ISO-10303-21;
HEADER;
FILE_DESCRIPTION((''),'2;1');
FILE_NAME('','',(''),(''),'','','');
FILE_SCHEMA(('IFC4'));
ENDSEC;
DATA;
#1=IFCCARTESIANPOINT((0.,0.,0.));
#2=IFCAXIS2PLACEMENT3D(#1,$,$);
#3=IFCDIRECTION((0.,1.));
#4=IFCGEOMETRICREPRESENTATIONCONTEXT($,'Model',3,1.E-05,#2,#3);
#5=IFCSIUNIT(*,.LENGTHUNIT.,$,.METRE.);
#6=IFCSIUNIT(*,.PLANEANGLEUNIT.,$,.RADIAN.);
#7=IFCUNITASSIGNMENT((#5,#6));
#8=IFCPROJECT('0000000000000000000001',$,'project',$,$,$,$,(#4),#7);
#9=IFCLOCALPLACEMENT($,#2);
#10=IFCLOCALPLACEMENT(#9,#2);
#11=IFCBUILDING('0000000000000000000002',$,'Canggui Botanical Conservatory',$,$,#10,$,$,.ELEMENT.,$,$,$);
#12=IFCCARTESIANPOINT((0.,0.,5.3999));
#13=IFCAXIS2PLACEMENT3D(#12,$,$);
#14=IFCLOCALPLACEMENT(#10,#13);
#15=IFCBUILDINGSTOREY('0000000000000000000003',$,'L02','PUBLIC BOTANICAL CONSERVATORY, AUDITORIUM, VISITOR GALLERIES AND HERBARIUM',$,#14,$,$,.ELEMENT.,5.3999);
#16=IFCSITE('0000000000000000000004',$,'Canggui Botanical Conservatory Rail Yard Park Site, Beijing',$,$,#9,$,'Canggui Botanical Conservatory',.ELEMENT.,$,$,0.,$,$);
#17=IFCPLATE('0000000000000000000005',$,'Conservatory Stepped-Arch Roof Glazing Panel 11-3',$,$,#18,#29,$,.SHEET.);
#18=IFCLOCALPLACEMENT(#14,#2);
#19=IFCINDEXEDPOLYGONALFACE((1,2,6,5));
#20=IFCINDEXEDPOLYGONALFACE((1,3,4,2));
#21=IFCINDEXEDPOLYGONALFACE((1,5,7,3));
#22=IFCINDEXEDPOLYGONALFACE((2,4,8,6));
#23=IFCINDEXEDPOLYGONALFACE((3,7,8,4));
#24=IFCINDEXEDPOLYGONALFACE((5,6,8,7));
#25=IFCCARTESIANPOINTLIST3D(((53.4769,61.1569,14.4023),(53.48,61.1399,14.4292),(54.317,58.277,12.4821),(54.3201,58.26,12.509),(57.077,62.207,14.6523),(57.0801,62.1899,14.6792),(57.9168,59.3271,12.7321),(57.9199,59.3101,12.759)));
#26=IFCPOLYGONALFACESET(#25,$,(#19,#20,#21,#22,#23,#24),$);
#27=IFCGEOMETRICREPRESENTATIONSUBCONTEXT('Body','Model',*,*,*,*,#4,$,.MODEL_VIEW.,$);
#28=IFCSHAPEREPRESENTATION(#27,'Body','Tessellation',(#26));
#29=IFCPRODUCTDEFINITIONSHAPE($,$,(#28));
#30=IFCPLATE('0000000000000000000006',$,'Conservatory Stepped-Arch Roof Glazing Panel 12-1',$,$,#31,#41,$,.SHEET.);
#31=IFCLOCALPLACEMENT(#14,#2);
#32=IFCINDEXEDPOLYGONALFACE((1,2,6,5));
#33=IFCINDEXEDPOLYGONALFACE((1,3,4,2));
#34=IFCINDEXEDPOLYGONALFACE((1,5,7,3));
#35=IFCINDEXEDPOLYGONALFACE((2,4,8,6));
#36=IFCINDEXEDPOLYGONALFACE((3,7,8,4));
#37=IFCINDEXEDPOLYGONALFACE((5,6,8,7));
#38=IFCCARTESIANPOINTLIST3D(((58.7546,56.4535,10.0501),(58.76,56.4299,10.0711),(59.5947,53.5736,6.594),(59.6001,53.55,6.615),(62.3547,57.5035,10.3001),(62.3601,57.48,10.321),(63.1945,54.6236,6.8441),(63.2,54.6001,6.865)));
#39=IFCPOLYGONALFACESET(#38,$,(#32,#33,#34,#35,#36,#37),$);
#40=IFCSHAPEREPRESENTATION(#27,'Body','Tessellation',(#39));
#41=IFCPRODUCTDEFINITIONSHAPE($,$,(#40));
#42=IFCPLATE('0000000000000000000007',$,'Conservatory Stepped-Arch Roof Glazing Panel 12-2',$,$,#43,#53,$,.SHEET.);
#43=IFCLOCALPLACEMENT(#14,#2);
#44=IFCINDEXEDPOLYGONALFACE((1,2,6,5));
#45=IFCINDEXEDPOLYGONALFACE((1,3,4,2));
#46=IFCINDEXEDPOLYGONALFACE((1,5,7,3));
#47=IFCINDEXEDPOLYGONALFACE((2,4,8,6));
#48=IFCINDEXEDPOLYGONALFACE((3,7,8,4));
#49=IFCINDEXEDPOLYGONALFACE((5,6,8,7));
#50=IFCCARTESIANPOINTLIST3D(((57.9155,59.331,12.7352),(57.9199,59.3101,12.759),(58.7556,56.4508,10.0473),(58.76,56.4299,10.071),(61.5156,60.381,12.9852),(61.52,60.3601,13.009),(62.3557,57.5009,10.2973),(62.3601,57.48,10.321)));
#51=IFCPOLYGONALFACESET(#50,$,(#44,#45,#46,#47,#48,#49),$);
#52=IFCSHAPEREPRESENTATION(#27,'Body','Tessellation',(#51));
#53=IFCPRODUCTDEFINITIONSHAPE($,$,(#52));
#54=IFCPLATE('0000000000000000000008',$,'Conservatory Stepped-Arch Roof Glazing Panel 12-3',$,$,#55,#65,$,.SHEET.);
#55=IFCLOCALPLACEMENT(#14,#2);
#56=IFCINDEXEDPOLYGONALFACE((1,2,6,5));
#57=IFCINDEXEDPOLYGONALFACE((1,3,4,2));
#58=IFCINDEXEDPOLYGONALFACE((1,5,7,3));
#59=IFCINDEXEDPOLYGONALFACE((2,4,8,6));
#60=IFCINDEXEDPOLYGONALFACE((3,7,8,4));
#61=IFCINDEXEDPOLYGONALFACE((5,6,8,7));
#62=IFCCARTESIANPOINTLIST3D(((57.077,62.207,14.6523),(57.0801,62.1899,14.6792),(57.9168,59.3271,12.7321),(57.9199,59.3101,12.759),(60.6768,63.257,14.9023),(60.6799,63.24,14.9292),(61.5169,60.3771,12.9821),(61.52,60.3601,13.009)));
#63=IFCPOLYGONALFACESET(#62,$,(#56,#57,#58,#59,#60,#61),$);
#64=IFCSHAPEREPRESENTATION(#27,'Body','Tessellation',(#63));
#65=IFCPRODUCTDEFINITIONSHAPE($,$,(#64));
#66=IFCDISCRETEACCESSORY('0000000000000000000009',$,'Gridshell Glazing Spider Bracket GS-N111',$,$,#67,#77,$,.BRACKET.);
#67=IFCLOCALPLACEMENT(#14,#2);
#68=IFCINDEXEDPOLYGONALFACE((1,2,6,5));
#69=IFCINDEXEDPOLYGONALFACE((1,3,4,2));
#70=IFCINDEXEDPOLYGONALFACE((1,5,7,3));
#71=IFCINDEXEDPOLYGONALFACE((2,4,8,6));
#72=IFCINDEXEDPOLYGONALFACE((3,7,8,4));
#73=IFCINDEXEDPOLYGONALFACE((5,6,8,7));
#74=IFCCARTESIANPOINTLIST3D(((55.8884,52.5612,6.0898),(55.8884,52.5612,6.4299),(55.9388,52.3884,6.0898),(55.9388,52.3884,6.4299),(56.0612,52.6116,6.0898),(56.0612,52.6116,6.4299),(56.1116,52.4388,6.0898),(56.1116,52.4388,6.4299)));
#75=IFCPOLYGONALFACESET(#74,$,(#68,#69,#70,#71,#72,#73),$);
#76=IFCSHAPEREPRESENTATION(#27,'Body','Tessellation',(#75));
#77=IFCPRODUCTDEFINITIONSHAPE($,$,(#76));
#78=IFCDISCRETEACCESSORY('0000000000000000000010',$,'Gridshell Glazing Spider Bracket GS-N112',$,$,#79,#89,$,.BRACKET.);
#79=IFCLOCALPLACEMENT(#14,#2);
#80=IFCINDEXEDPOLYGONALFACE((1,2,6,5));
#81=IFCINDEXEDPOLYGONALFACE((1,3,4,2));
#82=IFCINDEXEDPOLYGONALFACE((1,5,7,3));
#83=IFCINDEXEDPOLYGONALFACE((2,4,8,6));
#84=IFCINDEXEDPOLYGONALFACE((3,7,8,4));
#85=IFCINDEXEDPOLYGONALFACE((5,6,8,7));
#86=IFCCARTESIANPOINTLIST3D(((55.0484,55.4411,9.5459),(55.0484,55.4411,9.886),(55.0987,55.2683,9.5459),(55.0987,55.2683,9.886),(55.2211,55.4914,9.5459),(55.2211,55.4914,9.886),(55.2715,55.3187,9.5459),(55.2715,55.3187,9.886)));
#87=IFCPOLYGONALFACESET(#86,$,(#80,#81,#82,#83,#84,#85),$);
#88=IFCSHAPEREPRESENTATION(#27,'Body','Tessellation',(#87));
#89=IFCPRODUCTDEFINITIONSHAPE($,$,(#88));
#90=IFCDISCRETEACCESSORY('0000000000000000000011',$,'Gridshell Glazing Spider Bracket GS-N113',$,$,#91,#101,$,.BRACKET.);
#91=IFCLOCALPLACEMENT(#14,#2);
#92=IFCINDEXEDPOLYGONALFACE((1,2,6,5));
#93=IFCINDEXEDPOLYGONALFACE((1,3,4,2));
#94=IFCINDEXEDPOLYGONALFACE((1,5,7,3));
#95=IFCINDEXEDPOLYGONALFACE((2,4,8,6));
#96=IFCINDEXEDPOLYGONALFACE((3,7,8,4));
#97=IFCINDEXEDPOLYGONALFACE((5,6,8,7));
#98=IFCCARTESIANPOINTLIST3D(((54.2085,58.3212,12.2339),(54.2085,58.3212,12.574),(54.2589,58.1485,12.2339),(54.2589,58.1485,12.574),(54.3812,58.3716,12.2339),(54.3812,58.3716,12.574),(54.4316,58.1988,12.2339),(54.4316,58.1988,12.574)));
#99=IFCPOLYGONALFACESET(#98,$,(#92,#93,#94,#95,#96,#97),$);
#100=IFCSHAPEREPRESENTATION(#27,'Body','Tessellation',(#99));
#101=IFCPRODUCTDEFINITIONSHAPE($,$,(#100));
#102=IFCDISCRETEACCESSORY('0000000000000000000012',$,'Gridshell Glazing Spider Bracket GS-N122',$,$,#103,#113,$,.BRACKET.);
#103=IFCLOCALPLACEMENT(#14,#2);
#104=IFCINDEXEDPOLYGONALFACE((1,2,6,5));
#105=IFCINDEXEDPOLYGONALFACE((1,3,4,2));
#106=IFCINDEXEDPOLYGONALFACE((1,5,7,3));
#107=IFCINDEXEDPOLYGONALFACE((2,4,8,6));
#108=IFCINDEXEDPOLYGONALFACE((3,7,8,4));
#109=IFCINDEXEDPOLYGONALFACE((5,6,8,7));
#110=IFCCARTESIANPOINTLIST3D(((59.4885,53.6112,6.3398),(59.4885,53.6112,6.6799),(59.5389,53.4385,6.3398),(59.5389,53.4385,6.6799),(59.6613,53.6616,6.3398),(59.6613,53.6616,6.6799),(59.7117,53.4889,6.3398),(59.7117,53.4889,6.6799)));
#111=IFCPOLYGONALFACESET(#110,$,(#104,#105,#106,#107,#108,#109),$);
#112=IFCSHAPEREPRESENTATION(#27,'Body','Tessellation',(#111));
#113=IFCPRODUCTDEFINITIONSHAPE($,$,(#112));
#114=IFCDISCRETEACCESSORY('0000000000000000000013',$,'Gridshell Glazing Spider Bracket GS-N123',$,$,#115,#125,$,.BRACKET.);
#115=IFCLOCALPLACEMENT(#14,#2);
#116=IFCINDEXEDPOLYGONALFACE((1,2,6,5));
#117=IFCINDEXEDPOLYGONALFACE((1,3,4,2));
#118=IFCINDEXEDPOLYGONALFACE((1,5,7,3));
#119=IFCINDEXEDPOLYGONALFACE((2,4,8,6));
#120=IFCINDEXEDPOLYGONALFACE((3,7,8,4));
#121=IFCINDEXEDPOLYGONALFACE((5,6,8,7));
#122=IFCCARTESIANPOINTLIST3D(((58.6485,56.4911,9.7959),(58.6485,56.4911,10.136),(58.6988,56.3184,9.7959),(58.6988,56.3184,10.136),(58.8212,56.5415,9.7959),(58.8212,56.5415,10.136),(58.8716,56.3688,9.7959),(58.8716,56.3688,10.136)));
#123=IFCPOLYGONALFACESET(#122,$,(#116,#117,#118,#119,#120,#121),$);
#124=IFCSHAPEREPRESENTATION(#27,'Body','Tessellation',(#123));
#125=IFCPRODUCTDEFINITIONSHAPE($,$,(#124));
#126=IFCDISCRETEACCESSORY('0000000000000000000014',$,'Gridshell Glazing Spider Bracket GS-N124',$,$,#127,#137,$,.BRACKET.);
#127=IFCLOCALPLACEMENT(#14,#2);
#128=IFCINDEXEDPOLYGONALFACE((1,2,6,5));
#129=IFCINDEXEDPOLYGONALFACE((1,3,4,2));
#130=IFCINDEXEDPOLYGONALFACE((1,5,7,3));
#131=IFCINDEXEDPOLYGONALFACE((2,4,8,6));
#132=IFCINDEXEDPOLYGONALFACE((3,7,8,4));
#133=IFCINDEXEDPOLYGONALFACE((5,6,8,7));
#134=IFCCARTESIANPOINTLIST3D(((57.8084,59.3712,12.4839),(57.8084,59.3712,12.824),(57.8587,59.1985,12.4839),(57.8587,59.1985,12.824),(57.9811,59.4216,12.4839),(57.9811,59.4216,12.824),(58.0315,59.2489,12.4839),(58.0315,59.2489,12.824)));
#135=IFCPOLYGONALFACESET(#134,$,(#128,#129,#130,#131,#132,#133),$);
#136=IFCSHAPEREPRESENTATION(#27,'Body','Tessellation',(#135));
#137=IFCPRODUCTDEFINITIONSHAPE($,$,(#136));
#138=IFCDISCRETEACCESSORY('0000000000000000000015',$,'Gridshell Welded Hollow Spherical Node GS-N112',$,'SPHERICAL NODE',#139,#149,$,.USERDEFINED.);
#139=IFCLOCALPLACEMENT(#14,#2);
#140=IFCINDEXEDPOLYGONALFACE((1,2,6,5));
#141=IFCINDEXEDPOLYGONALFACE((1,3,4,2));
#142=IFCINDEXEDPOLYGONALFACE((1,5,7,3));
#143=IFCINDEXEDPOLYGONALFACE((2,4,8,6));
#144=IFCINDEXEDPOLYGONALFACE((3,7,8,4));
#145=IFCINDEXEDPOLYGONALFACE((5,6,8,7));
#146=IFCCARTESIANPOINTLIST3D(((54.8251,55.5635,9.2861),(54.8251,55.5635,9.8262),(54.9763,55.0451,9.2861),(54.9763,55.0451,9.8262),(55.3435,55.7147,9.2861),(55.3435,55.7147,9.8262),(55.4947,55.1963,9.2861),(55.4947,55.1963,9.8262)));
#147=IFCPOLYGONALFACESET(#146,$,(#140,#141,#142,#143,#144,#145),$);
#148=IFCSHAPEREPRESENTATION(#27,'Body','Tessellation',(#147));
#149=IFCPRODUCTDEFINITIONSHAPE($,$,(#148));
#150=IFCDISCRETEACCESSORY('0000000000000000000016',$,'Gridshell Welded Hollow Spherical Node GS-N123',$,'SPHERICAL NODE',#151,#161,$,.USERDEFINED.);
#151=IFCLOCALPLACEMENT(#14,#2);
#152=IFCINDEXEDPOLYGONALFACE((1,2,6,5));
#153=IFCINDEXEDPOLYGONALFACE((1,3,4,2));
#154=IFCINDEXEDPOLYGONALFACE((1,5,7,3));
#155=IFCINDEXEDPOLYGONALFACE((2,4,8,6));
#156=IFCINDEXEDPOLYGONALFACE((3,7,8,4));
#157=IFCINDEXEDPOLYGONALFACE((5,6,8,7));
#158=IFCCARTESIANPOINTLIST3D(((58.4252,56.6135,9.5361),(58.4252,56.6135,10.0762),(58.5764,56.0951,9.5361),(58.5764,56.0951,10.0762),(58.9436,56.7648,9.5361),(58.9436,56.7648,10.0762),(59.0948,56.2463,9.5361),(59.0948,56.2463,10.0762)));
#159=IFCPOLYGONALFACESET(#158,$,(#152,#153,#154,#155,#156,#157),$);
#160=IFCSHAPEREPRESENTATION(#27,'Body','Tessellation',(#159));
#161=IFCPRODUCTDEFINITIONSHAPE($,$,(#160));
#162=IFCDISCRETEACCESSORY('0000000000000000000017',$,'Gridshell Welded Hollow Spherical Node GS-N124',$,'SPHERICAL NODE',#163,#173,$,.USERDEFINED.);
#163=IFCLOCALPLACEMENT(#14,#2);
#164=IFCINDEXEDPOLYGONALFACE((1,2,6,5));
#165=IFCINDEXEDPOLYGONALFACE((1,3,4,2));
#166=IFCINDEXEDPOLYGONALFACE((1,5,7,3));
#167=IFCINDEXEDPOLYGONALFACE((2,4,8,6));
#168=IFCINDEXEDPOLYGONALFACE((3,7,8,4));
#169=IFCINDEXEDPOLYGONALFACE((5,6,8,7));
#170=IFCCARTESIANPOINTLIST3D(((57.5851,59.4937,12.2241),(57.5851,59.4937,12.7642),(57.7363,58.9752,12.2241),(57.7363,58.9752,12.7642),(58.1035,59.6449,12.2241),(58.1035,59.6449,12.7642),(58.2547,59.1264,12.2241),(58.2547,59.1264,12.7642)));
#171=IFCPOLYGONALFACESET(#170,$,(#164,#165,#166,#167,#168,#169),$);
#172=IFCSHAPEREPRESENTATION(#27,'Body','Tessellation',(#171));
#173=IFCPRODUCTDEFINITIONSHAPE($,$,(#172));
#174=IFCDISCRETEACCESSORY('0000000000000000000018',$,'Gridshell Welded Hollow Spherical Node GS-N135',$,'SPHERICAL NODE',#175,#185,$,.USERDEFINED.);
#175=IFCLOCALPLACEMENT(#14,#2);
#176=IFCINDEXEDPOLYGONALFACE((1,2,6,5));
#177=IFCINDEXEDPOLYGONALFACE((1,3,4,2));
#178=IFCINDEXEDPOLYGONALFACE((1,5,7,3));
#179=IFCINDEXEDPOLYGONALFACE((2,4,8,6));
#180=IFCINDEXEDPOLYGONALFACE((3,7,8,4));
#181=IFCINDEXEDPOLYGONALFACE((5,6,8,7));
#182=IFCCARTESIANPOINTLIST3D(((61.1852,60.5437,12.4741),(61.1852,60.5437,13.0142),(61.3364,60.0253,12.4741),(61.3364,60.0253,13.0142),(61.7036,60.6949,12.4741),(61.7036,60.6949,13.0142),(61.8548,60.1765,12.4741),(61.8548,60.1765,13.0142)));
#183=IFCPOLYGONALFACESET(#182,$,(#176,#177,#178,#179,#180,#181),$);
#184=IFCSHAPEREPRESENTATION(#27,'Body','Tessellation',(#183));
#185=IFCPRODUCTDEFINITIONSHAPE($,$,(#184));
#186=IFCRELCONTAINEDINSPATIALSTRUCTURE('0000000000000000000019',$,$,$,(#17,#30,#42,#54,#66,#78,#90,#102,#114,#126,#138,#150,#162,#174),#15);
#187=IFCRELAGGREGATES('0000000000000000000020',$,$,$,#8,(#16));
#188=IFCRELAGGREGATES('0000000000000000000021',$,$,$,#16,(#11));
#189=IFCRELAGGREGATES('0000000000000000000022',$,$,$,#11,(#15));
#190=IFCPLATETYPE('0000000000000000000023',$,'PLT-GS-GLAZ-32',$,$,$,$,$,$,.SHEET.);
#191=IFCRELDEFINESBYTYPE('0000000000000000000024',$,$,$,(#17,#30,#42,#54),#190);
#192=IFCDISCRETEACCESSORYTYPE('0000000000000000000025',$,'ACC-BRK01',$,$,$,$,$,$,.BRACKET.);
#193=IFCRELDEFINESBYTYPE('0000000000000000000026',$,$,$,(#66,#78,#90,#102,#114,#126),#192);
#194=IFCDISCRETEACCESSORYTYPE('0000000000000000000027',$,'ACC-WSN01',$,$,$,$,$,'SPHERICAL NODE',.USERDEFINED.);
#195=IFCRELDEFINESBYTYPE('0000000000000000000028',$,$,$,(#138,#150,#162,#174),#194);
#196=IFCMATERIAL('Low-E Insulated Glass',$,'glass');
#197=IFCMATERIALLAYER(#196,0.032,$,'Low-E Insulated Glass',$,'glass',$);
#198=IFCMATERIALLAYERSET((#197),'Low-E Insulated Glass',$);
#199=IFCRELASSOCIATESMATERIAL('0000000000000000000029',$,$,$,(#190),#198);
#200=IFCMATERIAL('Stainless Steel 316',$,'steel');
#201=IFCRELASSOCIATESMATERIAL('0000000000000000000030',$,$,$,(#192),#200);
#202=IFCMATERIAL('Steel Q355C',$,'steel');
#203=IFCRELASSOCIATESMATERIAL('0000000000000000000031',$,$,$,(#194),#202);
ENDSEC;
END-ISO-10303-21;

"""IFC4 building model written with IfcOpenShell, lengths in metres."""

from ifc_helpers import new_model, si_unit, direction, frame, origin, origin_2d, place, context, subcontext, project, spatial, polyline, rectangle, outline, extrude, material, layer, layer_set, type_object, element, save


model = new_model("IFC4")

# Units and contexts
model_context = context("Model", 3, precision=1e-05, world=origin(), true_north=direction((0.0, 1.0)))
body_context = subcontext(model_context, "Body", "Model", "MODEL_VIEW")
ifc_project = project(units=[si_unit("LENGTHUNIT", "METRE"), si_unit("PLANEANGLEUNIT", "RADIAN")], contexts=[model_context])

# Site, building, storey
site_placement = place(None, origin())
site = spatial("IfcSite", under=ifc_project, at=site_placement, Name="Canggui Botanical Conservatory Rail Yard Park Site, Beijing", LongName="Canggui Botanical Conservatory", CompositionType="ELEMENT", RefElevation=0.0)
building_placement = place(site_placement, origin())
building = spatial("IfcBuilding", under=site, at=building_placement, Name="Canggui Botanical Conservatory", CompositionType="ELEMENT")
storey_placement = place(building_placement, frame((0.0, 0.0, 5.3999)))
storey = spatial("IfcBuildingStorey", under=building, at=storey_placement, Name="L02", Description="PUBLIC BOTANICAL CONSERVATORY, AUDITORIUM, VISITOR GALLERIES AND HERBARIUM", CompositionType="ELEMENT", Elevation=5.3999)

# Shared definitions
ifc_material_1 = material(Name="Steel Q355C", Category="steel")

# Plates
ifc_material_2 = material(Name="Low-E Insulated Glass", Category="glass")
ifc_layer = layer(ifc_material_2, 0.032, Name="Low-E Insulated Glass", Category="glass")
ifc_layer_set = layer_set([ifc_layer], Name="Low-E Insulated Glass")
plate_type = type_object("IfcPlateType", Name="PLT-GS-GLAZ-32", PredefinedType="SHEET", material=ifc_layer_set)
plate_1_placement = place(storey_placement, frame((54.3201, 58.26, 12.509), z_axis=(0.0969, -0.53242, 0.840916), x_axis=(0.957867, 0.279401, 0.066524)))
element("IfcPlate", 1, at=plate_1_placement, inside=storey, type_object=plate_type, Name="Conservatory Stepped-Arch Roof Glazing Panel 11-3", PredefinedType="SHEET", context=body_context, shape_type="SweptSolid", body=[
    extrude(outline(polyline([(0.0, 0.0), (3.7582, 0.0), (3.8861, 3.5595), (0.1277, 3.5595), (0.0, 0.0)])), origin(), (0.0, 0.0, -1.0), 0.032),
])
plate_2_placement = place(storey_placement, frame((59.6001, 53.55, 6.615), z_axis=(0.169349, -0.736511, 0.654883), x_axis=(0.957868, 0.279398, 0.066525)))
element("IfcPlate", 2, at=plate_2_placement, inside=storey, type_object=plate_type, Name="Conservatory Stepped-Arch Roof Glazing Panel 12-1", PredefinedType="SHEET", context=body_context, shape_type="SweptSolid", body=[
    extrude(outline(polyline([(0.0, 0.0), (3.7582, 0.0), (3.9883, 4.5706), (0.2299, 4.5707), (0.0, 0.0)])), origin(), (0.0, 0.0, -1.0), 0.032),
])
plate_3_placement = place(storey_placement, frame((58.76, 56.4299, 10.071), z_axis=(0.13901, -0.653702, 0.743875), x_axis=(0.957872, 0.279385, 0.066517)))
element("IfcPlate", 3, at=plate_3_placement, inside=storey, type_object=plate_type, Name="Conservatory Stepped-Arch Roof Glazing Panel 12-2", PredefinedType="SHEET", context=body_context, shape_type="SweptSolid", body=[
    extrude(outline(polyline([(0.0, 0.0), (3.7584, 0.0), (3.9372, 4.0242), (0.1788, 4.0242), (0.0, 0.0)])), origin(), (0.0, 0.0, -1.0), 0.032),
])
plate_4_placement = place(storey_placement, frame((57.9199, 59.3101, 12.759), z_axis=(0.0969, -0.53242, 0.840916), x_axis=(0.957872, 0.279387, 0.066514)))
element("IfcPlate", 4, at=plate_4_placement, inside=storey, type_object=plate_type, Name="Conservatory Stepped-Arch Roof Glazing Panel 12-3", PredefinedType="SHEET", context=body_context, shape_type="SweptSolid", body=[
    extrude(outline(polyline([(0.0, 0.0), (3.7584, 0.0), (3.8861, 3.5595), (0.1279, 3.5595), (0.0, 0.0)])), origin(), (0.0, 0.0, -1.0), 0.032),
])

# Discrete accessories
ifc_material_3 = material(Name="Stainless Steel 316", Category="steel")
discrete_accessory_type_1 = type_object("IfcDiscreteAccessoryType", Name="ACC-BRK01", PredefinedType="BRACKET", material=ifc_material_3)
for number, where, z_axis, x_axis, name in (
    (5, (56.0, 52.5, 6.0898), (0.0, 0.0, 1.0), (0.96, 0.28, 0.0), "Gridshell Glazing Spider Bracket GS-N111"),
    (6, (55.1599, 55.3799, 9.5459), (0.0, 0.0, 1.0), (0.96, 0.28, 0.0), "Gridshell Glazing Spider Bracket GS-N112"),
    (7, (54.3201, 58.26, 12.2339), (0.0, 0.0, 1.0), (0.96, 0.28, 0.0), "Gridshell Glazing Spider Bracket GS-N113"),
    (8, (59.6001, 53.55, 6.3398), (0.0, 0.0, 1.0), (0.96, 0.28, 0.0), "Gridshell Glazing Spider Bracket GS-N122"),
    (9, (58.76, 56.4299, 9.7959), (0.0, 0.0, 1.0), (0.96, 0.28, 0.0), "Gridshell Glazing Spider Bracket GS-N123"),
    (10, (57.9199, 59.3101, 12.4839), (0.0, 0.0, 1.0), (0.96, 0.28, 0.0), "Gridshell Glazing Spider Bracket GS-N124"),
):
    element("IfcDiscreteAccessory", number, at=place(storey_placement, frame(where, z_axis=z_axis, x_axis=x_axis)), inside=storey, type_object=discrete_accessory_type_1, Name=name, PredefinedType="BRACKET", context=body_context, shape_type="SweptSolid", body=[
        extrude(rectangle(XDim=0.1799, YDim=0.1799, at=origin_2d()), origin(), (0.0, 0.0, 1.0), 0.3401),
    ])
discrete_accessory_type_2 = type_object("IfcDiscreteAccessoryType", Name="ACC-WSN01", ElementType="SPHERICAL NODE", PredefinedType="USERDEFINED", material=ifc_material_1)
for number, where, z_axis, x_axis, name in (
    (11, (55.1599, 55.3799, 9.2861), (0.0, 0.0, 1.0), (0.96, 0.28, 0.0), "Gridshell Welded Hollow Spherical Node GS-N112"),
    (12, (58.76, 56.4299, 9.5361), (0.0, 0.0, 1.0), (0.96, 0.28, 0.0), "Gridshell Welded Hollow Spherical Node GS-N123"),
    (13, (57.9199, 59.3101, 12.2241), (0.0, 0.0, 1.0), (0.96, 0.28, 0.0), "Gridshell Welded Hollow Spherical Node GS-N124"),
    (14, (61.52, 60.3601, 12.4741), (0.0, 0.0, 1.0), (0.96, 0.28, 0.0), "Gridshell Welded Hollow Spherical Node GS-N135"),
):
    element("IfcDiscreteAccessory", number, at=place(storey_placement, frame(where, z_axis=z_axis, x_axis=x_axis)), inside=storey, type_object=discrete_accessory_type_2, Name=name, ObjectType="SPHERICAL NODE", PredefinedType="USERDEFINED", context=body_context, shape_type="SweptSolid", body=[
        extrude(rectangle(XDim=0.54, YDim=0.54, at=origin_2d()), origin(), (0.0, 0.0, 1.0), 0.54),
    ])

save(model, "model.ifc")
